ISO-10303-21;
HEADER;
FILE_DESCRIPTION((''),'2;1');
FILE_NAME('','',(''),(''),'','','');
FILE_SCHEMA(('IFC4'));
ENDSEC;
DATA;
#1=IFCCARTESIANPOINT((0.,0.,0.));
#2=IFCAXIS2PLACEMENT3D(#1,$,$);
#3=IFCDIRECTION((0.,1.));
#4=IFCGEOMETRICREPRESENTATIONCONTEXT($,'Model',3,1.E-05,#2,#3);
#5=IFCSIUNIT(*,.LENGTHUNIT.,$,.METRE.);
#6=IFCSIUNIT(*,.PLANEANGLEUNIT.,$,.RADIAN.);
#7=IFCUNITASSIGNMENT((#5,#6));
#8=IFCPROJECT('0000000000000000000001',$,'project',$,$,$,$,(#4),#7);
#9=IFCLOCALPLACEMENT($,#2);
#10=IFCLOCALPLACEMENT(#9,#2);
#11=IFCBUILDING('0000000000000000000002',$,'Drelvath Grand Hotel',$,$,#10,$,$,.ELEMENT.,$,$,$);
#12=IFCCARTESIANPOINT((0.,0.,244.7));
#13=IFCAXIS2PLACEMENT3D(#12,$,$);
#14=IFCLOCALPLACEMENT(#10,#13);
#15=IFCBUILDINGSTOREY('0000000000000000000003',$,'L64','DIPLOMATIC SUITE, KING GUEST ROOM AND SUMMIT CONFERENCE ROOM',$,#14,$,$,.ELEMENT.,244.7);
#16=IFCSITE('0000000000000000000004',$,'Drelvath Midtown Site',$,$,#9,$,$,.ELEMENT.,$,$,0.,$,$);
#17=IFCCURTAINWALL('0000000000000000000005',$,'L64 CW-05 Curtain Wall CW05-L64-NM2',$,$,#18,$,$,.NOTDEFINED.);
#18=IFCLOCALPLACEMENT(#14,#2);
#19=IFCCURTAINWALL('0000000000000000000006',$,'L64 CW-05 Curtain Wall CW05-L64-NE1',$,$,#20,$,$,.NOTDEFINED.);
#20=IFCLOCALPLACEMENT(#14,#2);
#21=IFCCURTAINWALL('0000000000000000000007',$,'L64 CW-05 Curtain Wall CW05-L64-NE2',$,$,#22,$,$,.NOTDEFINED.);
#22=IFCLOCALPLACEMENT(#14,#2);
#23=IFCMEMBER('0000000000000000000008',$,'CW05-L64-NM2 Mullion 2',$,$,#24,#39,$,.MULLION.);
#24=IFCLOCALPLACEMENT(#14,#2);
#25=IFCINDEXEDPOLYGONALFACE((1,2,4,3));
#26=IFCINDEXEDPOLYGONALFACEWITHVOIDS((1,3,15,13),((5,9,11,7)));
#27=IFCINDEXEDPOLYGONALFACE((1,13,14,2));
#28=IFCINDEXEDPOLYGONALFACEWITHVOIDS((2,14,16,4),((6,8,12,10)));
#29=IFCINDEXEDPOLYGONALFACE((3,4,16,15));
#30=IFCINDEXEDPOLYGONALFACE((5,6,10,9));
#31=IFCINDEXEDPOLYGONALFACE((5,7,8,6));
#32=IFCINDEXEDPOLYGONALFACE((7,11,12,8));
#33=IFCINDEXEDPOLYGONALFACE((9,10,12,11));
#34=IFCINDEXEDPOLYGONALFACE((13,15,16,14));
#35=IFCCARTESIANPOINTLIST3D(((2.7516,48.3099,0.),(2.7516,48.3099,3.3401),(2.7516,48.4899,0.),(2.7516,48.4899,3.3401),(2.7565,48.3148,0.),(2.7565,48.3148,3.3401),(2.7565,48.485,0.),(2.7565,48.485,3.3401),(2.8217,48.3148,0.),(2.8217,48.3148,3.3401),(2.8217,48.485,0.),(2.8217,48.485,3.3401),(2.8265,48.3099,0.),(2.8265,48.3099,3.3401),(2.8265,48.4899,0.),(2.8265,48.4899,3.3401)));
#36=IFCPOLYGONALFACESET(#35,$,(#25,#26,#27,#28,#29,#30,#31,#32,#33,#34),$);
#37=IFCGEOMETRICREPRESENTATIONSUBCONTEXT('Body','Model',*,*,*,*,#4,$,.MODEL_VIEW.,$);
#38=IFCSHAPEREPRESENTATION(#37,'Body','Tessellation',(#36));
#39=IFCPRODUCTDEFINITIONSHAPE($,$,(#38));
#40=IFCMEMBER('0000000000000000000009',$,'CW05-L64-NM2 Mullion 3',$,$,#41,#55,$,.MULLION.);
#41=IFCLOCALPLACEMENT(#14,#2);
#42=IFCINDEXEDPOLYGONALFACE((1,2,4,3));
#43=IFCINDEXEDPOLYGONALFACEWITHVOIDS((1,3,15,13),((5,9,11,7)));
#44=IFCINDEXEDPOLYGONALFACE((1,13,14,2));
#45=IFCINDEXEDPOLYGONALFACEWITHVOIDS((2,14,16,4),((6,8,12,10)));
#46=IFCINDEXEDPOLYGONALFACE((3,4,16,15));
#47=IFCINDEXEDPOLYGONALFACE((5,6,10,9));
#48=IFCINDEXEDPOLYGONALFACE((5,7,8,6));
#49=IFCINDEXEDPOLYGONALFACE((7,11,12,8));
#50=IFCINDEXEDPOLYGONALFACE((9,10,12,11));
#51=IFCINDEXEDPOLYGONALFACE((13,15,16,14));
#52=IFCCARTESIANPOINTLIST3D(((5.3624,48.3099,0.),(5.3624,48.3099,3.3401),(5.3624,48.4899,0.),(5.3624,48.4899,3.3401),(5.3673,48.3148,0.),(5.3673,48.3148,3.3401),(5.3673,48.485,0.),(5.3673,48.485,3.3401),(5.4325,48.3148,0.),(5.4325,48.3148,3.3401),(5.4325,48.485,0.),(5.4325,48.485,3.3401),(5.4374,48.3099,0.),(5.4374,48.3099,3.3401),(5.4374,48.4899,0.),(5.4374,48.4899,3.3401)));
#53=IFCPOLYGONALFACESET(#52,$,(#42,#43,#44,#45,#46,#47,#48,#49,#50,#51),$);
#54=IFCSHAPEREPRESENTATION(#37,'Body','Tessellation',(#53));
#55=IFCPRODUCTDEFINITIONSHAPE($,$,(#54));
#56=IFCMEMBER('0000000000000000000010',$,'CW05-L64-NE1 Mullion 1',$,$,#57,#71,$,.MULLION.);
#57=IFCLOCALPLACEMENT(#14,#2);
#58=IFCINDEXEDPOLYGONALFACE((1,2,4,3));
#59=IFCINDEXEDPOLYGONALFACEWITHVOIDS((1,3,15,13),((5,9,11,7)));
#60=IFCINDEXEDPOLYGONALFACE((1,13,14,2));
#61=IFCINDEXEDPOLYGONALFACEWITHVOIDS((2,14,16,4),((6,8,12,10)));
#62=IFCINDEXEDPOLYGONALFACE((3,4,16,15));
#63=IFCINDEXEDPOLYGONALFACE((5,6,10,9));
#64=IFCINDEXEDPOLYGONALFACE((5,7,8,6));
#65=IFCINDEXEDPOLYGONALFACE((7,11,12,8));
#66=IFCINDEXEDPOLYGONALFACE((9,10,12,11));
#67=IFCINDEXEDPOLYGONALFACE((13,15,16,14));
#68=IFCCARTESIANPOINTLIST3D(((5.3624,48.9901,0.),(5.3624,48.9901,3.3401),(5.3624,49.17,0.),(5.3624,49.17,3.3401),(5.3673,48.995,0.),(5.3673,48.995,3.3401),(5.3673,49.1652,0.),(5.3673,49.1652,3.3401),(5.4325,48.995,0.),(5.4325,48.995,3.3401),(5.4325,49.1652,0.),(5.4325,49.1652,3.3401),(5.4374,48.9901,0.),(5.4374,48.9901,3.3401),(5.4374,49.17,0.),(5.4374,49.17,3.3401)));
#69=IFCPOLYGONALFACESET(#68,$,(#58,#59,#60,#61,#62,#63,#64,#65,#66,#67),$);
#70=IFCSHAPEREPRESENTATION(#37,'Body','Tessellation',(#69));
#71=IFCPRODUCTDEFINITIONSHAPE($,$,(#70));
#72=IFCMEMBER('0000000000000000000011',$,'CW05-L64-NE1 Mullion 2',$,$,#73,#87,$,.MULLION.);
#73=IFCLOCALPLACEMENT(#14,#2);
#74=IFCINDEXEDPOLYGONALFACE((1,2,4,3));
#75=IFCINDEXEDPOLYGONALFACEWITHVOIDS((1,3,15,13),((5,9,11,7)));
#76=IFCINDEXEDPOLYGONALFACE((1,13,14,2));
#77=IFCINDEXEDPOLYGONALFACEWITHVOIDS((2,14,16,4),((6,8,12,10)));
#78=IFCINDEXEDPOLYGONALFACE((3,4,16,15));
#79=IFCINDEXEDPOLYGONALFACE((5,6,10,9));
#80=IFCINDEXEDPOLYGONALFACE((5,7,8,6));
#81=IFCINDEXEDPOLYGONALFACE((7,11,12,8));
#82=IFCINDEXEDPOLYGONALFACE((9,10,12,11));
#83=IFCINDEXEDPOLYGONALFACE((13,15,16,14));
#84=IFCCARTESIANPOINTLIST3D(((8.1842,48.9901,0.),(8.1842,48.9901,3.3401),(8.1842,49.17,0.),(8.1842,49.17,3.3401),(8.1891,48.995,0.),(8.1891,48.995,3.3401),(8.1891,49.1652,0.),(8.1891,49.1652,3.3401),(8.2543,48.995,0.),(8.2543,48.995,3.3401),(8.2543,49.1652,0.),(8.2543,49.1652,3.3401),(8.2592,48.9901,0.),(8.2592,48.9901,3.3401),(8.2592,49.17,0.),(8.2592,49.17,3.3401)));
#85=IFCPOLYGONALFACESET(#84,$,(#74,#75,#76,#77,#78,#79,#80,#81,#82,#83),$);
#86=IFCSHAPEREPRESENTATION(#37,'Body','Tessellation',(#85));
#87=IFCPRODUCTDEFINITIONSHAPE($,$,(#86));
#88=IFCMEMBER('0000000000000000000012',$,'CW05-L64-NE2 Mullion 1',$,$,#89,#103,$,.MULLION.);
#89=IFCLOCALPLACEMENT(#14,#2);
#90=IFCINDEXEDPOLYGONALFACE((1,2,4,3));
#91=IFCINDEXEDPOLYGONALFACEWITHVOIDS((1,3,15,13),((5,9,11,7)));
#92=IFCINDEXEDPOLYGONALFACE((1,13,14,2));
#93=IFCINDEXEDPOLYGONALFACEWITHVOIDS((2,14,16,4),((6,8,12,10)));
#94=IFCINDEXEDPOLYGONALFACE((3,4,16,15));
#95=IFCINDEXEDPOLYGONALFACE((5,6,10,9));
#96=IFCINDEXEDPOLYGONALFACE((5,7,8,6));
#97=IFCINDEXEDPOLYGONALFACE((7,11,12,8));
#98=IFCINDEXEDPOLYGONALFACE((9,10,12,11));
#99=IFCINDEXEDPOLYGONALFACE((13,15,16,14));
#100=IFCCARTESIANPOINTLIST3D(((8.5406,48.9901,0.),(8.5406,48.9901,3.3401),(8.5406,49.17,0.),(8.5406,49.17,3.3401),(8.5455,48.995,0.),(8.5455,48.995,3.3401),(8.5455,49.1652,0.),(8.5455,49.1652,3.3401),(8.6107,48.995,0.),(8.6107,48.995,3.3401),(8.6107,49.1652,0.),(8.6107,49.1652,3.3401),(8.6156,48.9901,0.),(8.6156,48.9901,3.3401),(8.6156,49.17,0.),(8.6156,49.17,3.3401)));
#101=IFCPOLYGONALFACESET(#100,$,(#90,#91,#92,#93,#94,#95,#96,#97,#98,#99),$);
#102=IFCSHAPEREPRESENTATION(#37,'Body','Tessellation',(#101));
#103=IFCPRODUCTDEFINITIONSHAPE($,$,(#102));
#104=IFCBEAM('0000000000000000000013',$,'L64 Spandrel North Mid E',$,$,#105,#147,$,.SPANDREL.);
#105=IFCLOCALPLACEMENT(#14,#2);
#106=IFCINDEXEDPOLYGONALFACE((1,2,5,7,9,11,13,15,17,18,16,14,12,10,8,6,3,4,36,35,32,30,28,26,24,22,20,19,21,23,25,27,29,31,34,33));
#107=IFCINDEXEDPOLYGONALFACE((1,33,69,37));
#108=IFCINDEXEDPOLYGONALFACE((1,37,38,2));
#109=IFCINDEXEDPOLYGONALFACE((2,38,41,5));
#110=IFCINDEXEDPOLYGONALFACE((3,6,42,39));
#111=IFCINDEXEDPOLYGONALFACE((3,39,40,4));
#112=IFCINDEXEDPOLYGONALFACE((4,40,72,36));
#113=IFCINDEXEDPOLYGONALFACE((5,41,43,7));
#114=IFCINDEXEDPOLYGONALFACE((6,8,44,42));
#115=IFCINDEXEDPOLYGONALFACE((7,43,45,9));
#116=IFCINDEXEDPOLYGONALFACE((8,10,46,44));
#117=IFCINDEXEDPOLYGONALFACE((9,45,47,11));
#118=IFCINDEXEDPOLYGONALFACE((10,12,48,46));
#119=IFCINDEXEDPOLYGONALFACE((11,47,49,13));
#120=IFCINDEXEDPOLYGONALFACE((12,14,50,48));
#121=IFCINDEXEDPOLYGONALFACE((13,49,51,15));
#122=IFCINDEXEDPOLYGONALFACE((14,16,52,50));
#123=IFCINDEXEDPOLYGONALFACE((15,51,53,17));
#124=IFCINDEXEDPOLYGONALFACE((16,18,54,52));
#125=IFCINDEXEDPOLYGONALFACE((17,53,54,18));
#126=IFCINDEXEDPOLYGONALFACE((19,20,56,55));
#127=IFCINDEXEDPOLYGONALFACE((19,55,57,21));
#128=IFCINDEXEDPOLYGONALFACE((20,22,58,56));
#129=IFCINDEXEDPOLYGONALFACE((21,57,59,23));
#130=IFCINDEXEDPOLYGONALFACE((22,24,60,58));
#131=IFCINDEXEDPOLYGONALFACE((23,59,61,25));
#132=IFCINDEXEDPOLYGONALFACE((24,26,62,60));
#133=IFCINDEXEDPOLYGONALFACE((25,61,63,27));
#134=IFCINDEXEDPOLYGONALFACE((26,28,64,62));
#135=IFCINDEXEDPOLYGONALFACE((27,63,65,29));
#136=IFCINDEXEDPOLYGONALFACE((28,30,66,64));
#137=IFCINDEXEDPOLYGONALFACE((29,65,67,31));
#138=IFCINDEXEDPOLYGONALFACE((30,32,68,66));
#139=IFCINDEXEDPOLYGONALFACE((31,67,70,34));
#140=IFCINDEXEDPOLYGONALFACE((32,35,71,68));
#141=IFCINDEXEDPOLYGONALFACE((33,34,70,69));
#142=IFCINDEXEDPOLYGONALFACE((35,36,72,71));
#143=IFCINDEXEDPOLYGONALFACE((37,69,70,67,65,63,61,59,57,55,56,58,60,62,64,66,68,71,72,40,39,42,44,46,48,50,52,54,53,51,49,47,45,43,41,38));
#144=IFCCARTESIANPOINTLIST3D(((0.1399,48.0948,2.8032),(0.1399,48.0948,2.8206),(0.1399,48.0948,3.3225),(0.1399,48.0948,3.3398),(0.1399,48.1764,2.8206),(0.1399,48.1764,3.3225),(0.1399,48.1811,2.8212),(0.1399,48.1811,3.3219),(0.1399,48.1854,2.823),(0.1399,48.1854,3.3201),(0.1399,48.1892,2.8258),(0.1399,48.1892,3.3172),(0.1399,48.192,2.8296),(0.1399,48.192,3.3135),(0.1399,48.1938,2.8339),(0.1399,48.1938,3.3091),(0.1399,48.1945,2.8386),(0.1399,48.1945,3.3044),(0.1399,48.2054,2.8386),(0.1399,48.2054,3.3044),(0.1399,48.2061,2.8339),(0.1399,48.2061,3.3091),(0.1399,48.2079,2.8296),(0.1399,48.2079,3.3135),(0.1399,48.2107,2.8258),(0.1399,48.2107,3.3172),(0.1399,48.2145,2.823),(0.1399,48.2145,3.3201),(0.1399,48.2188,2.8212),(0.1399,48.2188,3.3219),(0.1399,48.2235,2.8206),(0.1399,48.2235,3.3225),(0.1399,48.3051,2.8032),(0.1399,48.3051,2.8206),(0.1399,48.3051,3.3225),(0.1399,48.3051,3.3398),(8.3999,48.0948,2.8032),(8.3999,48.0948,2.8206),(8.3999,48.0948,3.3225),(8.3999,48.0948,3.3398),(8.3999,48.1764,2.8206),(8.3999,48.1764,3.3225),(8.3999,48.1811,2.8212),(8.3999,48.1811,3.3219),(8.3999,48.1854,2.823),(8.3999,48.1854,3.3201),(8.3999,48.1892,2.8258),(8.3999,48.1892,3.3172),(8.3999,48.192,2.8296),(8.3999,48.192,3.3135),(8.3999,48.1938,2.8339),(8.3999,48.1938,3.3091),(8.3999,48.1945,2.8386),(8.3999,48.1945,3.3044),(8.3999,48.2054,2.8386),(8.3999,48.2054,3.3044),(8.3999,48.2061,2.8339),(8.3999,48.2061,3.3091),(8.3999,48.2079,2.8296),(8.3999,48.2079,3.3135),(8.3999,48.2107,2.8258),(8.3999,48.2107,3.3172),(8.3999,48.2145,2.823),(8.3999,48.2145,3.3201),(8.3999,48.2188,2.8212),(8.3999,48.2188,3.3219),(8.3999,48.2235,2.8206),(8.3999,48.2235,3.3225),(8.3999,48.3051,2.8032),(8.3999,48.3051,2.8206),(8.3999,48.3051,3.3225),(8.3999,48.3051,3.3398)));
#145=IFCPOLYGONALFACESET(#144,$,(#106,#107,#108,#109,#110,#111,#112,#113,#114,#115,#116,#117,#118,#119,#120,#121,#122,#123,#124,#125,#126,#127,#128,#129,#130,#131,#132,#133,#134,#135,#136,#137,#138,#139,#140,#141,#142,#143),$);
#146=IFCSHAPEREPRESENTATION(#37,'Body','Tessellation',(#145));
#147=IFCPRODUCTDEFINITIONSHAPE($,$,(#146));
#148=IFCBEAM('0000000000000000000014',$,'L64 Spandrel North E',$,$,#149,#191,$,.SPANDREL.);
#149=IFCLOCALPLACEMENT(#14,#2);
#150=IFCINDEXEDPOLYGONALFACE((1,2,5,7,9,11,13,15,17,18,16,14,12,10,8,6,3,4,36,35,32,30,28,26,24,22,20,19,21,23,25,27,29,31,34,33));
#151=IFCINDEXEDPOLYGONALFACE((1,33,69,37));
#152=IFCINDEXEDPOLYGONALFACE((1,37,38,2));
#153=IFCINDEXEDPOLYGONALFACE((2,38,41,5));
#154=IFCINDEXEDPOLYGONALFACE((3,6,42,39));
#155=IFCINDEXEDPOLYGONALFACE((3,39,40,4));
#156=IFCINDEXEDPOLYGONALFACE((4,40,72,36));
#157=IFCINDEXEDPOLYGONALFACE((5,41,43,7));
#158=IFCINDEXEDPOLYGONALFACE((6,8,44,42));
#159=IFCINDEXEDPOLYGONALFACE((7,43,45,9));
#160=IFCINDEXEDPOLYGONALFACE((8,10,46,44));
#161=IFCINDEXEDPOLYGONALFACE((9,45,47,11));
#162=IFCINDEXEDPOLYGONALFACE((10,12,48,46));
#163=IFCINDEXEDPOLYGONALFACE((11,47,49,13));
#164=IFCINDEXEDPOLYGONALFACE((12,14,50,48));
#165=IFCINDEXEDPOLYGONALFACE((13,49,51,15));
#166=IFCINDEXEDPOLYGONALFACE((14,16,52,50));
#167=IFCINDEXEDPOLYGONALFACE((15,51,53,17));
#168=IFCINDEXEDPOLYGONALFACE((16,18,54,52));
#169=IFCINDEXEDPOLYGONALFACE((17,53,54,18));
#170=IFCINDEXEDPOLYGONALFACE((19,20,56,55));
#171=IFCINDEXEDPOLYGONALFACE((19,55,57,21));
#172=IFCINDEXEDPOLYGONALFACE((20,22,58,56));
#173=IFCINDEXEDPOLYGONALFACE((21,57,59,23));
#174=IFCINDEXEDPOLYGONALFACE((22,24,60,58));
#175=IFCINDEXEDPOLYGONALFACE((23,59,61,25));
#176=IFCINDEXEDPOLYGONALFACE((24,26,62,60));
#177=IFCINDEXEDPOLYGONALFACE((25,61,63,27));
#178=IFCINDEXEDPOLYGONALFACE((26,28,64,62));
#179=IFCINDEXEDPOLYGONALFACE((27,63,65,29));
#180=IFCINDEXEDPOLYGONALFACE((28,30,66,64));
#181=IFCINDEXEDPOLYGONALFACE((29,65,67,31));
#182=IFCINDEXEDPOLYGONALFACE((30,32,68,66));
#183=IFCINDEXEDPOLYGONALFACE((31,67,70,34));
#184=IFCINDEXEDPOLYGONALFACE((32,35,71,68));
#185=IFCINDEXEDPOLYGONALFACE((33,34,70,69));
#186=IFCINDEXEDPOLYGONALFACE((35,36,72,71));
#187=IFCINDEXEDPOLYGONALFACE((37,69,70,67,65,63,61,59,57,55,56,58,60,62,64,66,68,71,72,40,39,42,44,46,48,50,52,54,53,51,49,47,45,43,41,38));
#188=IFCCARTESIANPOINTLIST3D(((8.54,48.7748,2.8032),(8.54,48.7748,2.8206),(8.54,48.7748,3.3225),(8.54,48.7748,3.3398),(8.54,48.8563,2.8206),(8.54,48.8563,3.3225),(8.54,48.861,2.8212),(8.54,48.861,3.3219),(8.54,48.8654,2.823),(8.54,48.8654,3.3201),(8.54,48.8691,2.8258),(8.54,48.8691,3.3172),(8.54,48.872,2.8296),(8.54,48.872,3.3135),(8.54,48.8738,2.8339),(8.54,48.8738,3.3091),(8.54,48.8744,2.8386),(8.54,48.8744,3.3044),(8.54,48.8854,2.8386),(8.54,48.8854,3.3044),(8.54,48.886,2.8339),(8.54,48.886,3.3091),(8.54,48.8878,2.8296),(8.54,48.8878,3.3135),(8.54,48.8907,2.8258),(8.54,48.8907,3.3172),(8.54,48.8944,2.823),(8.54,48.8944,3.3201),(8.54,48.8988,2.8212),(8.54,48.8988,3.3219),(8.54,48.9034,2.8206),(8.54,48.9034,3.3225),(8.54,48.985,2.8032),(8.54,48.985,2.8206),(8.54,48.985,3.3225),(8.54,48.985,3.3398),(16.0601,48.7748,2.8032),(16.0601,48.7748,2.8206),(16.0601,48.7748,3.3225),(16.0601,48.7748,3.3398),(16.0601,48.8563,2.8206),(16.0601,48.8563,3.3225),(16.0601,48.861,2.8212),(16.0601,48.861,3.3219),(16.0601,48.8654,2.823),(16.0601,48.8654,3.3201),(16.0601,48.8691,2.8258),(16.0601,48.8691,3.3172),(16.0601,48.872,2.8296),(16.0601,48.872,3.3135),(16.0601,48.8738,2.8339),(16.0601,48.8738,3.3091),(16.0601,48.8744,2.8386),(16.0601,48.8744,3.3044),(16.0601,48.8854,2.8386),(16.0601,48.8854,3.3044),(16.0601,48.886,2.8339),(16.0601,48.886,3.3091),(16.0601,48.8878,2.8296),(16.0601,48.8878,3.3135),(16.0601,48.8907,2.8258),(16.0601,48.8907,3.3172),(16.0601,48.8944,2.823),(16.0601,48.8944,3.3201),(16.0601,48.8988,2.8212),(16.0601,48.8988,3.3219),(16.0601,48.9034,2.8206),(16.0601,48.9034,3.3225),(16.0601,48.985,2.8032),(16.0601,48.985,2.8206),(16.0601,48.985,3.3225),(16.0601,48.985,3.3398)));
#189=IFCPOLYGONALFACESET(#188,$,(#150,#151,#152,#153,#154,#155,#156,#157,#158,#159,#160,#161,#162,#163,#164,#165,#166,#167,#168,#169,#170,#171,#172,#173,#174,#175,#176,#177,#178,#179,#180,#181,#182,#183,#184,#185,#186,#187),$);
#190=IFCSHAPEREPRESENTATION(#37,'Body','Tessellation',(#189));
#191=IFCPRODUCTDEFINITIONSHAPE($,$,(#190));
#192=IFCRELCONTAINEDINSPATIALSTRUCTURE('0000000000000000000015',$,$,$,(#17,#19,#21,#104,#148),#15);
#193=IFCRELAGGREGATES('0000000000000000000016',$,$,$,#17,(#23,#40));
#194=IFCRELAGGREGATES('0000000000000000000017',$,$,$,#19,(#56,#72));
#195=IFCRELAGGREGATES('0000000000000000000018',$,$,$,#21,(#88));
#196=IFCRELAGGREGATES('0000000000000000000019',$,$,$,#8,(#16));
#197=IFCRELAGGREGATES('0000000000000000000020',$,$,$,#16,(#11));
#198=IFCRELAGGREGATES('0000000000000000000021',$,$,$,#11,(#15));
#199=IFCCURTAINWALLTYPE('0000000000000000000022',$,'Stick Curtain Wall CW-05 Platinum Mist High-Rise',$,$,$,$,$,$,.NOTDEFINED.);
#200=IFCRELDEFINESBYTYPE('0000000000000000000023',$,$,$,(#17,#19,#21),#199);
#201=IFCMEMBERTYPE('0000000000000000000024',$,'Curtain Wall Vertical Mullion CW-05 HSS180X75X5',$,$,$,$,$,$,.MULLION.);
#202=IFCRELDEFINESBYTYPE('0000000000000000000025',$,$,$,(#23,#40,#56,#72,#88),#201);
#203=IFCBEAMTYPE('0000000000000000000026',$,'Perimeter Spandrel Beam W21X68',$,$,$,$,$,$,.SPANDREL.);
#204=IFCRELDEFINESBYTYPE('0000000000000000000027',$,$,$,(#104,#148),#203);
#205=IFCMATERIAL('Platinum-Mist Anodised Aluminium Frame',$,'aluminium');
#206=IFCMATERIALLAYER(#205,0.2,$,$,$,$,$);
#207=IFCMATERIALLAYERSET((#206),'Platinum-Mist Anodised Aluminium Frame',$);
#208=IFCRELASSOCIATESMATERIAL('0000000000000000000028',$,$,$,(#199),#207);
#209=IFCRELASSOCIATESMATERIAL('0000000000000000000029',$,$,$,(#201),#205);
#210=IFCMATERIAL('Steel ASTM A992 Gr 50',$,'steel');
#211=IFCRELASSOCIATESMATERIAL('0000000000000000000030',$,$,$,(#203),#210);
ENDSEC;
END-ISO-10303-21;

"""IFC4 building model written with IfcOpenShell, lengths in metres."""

from ifc_helpers import new_model, si_unit, direction, frame, origin, origin_2d, place, context, subcontext, project, spatial, hollow_rectangle, i_section, extrude, material, layer, layer_set, material_profile, profile_set, type_object, element, aggregate, save


model = new_model("IFC4")

# Units and contexts
model_context = context("Model", 3, precision=1e-05, world=origin(), true_north=direction((0.0, 1.0)))
body_context = subcontext(model_context, "Body", "Model", "MODEL_VIEW")
ifc_project = project(units=[si_unit("LENGTHUNIT", "METRE"), si_unit("PLANEANGLEUNIT", "RADIAN")], contexts=[model_context])

# Site, building, storey
site_placement = place(None, origin())
site = spatial("IfcSite", under=ifc_project, at=site_placement, Name="Drelvath Midtown Site", CompositionType="ELEMENT", RefElevation=0.0)
building_placement = place(site_placement, origin())
building = spatial("IfcBuilding", under=site, at=building_placement, Name="Drelvath Grand Hotel", CompositionType="ELEMENT")
storey_placement = place(building_placement, frame((0.0, 0.0, 244.7)))
storey = spatial("IfcBuildingStorey", under=building, at=storey_placement, Name="L64", Description="DIPLOMATIC SUITE, KING GUEST ROOM AND SUMMIT CONFERENCE ROOM", CompositionType="ELEMENT", Elevation=244.7)

# Curtain walls
ifc_material_1 = material(Name="Platinum-Mist Anodised Aluminium Frame", Category="aluminium")
ifc_layer_1 = layer(ifc_material_1, 0.2)
ifc_layer_set_1 = layer_set([ifc_layer_1], Name="Platinum-Mist Anodised Aluminium Frame")
curtain_wall_type = type_object("IfcCurtainWallType", Name="Stick Curtain Wall CW-05 Platinum Mist High-Rise", PredefinedType="NOTDEFINED", material=ifc_layer_set_1)
curtain_wall_1_placement = place(storey_placement, origin())
curtain_wall_1 = element("IfcCurtainWall", 1, at=curtain_wall_1_placement, inside=storey, type_object=curtain_wall_type, Name="L64 CW-05 Curtain Wall CW05-L64-NM2", PredefinedType="NOTDEFINED")
curtain_wall_2_placement = place(storey_placement, origin())
curtain_wall_2 = element("IfcCurtainWall", 2, at=curtain_wall_2_placement, inside=storey, type_object=curtain_wall_type, Name="L64 CW-05 Curtain Wall CW05-L64-NE1", PredefinedType="NOTDEFINED")
curtain_wall_3_placement = place(storey_placement, origin())
curtain_wall_3 = element("IfcCurtainWall", 3, at=curtain_wall_3_placement, inside=storey, type_object=curtain_wall_type, Name="L64 CW-05 Curtain Wall CW05-L64-NE2", PredefinedType="NOTDEFINED")
ifc_material_profile_1 = material_profile(ifc_material_1, hollow_rectangle(XDim=0.075, YDim=0.1799, WallThickness=0.0049, at=origin_2d()), Name="HSS180X75X5")
ifc_profile_set_1 = profile_set([ifc_material_profile_1], Name="Platinum-Mist Anodised Aluminium Frame")
member_type_1 = type_object("IfcMemberType", Name="Curtain Wall Vertical Mullion CW-05 HSS180X75X5", PredefinedType="MULLION", material=ifc_profile_set_1)

# Members
member_1_placement = place(storey_placement, frame((2.7891, 48.3999, 0.0), z_axis=(0.0, 0.0, 1.0), x_axis=(1.0, 0.0, 0.0)))
member_1 = element("IfcMember", 4, at=member_1_placement, type_object=member_type_1, Name="CW05-L64-NM2 Mullion 2", PredefinedType="MULLION", context=body_context, shape_type="SweptSolid", body=[
    extrude(hollow_rectangle(XDim=0.075, YDim=0.1799, WallThickness=0.0049, at=origin_2d()), origin(), (0.0, 0.0, 1.0), 3.3401),
])
member_2_placement = place(storey_placement, frame((5.3999, 48.3999, 0.0), z_axis=(0.0, 0.0, 1.0), x_axis=(1.0, 0.0, 0.0)))
member_2 = element("IfcMember", 5, at=member_2_placement, type_object=member_type_1, Name="CW05-L64-NM2 Mullion 3", PredefinedType="MULLION", context=body_context, shape_type="SweptSolid", body=[
    extrude(hollow_rectangle(XDim=0.075, YDim=0.1799, WallThickness=0.0049, at=origin_2d()), origin(), (0.0, 0.0, 1.0), 3.3401),
])
member_3_placement = place(storey_placement, frame((5.3999, 49.0801, 0.0), z_axis=(0.0, 0.0, 1.0), x_axis=(1.0, 0.0, 0.0)))
member_3 = element("IfcMember", 6, at=member_3_placement, type_object=member_type_1, Name="CW05-L64-NE1 Mullion 1", PredefinedType="MULLION", context=body_context, shape_type="SweptSolid", body=[
    extrude(hollow_rectangle(XDim=0.075, YDim=0.1799, WallThickness=0.0049, at=origin_2d()), origin(), (0.0, 0.0, 1.0), 3.3401),
])
member_4_placement = place(storey_placement, frame((8.2217, 49.0801, 0.0), z_axis=(0.0, 0.0, 1.0), x_axis=(1.0, 0.0, 0.0)))
member_4 = element("IfcMember", 7, at=member_4_placement, type_object=member_type_1, Name="CW05-L64-NE1 Mullion 2", PredefinedType="MULLION", context=body_context, shape_type="SweptSolid", body=[
    extrude(hollow_rectangle(XDim=0.075, YDim=0.1799, WallThickness=0.0049, at=origin_2d()), origin(), (0.0, 0.0, 1.0), 3.3401),
])
member_5_placement = place(storey_placement, frame((8.5781, 49.0801, 0.0), z_axis=(0.0, 0.0, 1.0), x_axis=(1.0, 0.0, 0.0)))
member_5 = element("IfcMember", 8, at=member_5_placement, type_object=member_type_1, Name="CW05-L64-NE2 Mullion 1", PredefinedType="MULLION", context=body_context, shape_type="SweptSolid", body=[
    extrude(hollow_rectangle(XDim=0.075, YDim=0.1799, WallThickness=0.0049, at=origin_2d()), origin(), (0.0, 0.0, 1.0), 3.3401),
])

# Beams
ifc_material_2 = material(Name="Steel ASTM A992 Gr 50", Category="steel")
ifc_material_profile_2 = material_profile(ifc_material_2, i_section(OverallWidth=0.2102, OverallDepth=0.5366, WebThickness=0.011, FlangeThickness=0.0173, FilletRadius=0.0181, at=origin_2d()), Name="W21X68")
ifc_profile_set_2 = profile_set([ifc_material_profile_2], Name="Steel ASTM A992 Gr 50")
beam_type_1 = type_object("IfcBeamType", Name="Perimeter Spandrel Beam W21X68", PredefinedType="SPANDREL", material=ifc_profile_set_2)
beam_1_placement = place(storey_placement, frame((0.1399, 48.2, 3.0715), z_axis=(1.0, 0.0, 0.0), x_axis=(0.0, 1.0, 0.0)))
element("IfcBeam", 9, at=beam_1_placement, inside=storey, type_object=beam_type_1, Name="L64 Spandrel North Mid E", PredefinedType="SPANDREL", context=body_context, shape_type="SweptSolid", body=[
    extrude(i_section(OverallWidth=0.2102, OverallDepth=0.5366, WebThickness=0.011, FlangeThickness=0.0173, FilletRadius=0.0181, at=origin_2d()), origin(), (0.0, 0.0, 1.0), 8.26),
])
beam_2_placement = place(storey_placement, frame((8.54, 48.8799, 3.0715), z_axis=(1.0, 0.0, 0.0), x_axis=(0.0, 1.0, 0.0)))
element("IfcBeam", 10, at=beam_2_placement, inside=storey, type_object=beam_type_1, Name="L64 Spandrel North E", PredefinedType="SPANDREL", context=body_context, shape_type="SweptSolid", body=[
    extrude(i_section(OverallWidth=0.2102, OverallDepth=0.5366, WebThickness=0.011, FlangeThickness=0.0173, FilletRadius=0.0181, at=origin_2d()), origin(), (0.0, 0.0, 1.0), 7.52),
])

aggregate(curtain_wall_1, [member_1, member_2])
aggregate(curtain_wall_2, [member_3, member_4])
aggregate(curtain_wall_3, [member_5])

save(model, "model.ifc")
